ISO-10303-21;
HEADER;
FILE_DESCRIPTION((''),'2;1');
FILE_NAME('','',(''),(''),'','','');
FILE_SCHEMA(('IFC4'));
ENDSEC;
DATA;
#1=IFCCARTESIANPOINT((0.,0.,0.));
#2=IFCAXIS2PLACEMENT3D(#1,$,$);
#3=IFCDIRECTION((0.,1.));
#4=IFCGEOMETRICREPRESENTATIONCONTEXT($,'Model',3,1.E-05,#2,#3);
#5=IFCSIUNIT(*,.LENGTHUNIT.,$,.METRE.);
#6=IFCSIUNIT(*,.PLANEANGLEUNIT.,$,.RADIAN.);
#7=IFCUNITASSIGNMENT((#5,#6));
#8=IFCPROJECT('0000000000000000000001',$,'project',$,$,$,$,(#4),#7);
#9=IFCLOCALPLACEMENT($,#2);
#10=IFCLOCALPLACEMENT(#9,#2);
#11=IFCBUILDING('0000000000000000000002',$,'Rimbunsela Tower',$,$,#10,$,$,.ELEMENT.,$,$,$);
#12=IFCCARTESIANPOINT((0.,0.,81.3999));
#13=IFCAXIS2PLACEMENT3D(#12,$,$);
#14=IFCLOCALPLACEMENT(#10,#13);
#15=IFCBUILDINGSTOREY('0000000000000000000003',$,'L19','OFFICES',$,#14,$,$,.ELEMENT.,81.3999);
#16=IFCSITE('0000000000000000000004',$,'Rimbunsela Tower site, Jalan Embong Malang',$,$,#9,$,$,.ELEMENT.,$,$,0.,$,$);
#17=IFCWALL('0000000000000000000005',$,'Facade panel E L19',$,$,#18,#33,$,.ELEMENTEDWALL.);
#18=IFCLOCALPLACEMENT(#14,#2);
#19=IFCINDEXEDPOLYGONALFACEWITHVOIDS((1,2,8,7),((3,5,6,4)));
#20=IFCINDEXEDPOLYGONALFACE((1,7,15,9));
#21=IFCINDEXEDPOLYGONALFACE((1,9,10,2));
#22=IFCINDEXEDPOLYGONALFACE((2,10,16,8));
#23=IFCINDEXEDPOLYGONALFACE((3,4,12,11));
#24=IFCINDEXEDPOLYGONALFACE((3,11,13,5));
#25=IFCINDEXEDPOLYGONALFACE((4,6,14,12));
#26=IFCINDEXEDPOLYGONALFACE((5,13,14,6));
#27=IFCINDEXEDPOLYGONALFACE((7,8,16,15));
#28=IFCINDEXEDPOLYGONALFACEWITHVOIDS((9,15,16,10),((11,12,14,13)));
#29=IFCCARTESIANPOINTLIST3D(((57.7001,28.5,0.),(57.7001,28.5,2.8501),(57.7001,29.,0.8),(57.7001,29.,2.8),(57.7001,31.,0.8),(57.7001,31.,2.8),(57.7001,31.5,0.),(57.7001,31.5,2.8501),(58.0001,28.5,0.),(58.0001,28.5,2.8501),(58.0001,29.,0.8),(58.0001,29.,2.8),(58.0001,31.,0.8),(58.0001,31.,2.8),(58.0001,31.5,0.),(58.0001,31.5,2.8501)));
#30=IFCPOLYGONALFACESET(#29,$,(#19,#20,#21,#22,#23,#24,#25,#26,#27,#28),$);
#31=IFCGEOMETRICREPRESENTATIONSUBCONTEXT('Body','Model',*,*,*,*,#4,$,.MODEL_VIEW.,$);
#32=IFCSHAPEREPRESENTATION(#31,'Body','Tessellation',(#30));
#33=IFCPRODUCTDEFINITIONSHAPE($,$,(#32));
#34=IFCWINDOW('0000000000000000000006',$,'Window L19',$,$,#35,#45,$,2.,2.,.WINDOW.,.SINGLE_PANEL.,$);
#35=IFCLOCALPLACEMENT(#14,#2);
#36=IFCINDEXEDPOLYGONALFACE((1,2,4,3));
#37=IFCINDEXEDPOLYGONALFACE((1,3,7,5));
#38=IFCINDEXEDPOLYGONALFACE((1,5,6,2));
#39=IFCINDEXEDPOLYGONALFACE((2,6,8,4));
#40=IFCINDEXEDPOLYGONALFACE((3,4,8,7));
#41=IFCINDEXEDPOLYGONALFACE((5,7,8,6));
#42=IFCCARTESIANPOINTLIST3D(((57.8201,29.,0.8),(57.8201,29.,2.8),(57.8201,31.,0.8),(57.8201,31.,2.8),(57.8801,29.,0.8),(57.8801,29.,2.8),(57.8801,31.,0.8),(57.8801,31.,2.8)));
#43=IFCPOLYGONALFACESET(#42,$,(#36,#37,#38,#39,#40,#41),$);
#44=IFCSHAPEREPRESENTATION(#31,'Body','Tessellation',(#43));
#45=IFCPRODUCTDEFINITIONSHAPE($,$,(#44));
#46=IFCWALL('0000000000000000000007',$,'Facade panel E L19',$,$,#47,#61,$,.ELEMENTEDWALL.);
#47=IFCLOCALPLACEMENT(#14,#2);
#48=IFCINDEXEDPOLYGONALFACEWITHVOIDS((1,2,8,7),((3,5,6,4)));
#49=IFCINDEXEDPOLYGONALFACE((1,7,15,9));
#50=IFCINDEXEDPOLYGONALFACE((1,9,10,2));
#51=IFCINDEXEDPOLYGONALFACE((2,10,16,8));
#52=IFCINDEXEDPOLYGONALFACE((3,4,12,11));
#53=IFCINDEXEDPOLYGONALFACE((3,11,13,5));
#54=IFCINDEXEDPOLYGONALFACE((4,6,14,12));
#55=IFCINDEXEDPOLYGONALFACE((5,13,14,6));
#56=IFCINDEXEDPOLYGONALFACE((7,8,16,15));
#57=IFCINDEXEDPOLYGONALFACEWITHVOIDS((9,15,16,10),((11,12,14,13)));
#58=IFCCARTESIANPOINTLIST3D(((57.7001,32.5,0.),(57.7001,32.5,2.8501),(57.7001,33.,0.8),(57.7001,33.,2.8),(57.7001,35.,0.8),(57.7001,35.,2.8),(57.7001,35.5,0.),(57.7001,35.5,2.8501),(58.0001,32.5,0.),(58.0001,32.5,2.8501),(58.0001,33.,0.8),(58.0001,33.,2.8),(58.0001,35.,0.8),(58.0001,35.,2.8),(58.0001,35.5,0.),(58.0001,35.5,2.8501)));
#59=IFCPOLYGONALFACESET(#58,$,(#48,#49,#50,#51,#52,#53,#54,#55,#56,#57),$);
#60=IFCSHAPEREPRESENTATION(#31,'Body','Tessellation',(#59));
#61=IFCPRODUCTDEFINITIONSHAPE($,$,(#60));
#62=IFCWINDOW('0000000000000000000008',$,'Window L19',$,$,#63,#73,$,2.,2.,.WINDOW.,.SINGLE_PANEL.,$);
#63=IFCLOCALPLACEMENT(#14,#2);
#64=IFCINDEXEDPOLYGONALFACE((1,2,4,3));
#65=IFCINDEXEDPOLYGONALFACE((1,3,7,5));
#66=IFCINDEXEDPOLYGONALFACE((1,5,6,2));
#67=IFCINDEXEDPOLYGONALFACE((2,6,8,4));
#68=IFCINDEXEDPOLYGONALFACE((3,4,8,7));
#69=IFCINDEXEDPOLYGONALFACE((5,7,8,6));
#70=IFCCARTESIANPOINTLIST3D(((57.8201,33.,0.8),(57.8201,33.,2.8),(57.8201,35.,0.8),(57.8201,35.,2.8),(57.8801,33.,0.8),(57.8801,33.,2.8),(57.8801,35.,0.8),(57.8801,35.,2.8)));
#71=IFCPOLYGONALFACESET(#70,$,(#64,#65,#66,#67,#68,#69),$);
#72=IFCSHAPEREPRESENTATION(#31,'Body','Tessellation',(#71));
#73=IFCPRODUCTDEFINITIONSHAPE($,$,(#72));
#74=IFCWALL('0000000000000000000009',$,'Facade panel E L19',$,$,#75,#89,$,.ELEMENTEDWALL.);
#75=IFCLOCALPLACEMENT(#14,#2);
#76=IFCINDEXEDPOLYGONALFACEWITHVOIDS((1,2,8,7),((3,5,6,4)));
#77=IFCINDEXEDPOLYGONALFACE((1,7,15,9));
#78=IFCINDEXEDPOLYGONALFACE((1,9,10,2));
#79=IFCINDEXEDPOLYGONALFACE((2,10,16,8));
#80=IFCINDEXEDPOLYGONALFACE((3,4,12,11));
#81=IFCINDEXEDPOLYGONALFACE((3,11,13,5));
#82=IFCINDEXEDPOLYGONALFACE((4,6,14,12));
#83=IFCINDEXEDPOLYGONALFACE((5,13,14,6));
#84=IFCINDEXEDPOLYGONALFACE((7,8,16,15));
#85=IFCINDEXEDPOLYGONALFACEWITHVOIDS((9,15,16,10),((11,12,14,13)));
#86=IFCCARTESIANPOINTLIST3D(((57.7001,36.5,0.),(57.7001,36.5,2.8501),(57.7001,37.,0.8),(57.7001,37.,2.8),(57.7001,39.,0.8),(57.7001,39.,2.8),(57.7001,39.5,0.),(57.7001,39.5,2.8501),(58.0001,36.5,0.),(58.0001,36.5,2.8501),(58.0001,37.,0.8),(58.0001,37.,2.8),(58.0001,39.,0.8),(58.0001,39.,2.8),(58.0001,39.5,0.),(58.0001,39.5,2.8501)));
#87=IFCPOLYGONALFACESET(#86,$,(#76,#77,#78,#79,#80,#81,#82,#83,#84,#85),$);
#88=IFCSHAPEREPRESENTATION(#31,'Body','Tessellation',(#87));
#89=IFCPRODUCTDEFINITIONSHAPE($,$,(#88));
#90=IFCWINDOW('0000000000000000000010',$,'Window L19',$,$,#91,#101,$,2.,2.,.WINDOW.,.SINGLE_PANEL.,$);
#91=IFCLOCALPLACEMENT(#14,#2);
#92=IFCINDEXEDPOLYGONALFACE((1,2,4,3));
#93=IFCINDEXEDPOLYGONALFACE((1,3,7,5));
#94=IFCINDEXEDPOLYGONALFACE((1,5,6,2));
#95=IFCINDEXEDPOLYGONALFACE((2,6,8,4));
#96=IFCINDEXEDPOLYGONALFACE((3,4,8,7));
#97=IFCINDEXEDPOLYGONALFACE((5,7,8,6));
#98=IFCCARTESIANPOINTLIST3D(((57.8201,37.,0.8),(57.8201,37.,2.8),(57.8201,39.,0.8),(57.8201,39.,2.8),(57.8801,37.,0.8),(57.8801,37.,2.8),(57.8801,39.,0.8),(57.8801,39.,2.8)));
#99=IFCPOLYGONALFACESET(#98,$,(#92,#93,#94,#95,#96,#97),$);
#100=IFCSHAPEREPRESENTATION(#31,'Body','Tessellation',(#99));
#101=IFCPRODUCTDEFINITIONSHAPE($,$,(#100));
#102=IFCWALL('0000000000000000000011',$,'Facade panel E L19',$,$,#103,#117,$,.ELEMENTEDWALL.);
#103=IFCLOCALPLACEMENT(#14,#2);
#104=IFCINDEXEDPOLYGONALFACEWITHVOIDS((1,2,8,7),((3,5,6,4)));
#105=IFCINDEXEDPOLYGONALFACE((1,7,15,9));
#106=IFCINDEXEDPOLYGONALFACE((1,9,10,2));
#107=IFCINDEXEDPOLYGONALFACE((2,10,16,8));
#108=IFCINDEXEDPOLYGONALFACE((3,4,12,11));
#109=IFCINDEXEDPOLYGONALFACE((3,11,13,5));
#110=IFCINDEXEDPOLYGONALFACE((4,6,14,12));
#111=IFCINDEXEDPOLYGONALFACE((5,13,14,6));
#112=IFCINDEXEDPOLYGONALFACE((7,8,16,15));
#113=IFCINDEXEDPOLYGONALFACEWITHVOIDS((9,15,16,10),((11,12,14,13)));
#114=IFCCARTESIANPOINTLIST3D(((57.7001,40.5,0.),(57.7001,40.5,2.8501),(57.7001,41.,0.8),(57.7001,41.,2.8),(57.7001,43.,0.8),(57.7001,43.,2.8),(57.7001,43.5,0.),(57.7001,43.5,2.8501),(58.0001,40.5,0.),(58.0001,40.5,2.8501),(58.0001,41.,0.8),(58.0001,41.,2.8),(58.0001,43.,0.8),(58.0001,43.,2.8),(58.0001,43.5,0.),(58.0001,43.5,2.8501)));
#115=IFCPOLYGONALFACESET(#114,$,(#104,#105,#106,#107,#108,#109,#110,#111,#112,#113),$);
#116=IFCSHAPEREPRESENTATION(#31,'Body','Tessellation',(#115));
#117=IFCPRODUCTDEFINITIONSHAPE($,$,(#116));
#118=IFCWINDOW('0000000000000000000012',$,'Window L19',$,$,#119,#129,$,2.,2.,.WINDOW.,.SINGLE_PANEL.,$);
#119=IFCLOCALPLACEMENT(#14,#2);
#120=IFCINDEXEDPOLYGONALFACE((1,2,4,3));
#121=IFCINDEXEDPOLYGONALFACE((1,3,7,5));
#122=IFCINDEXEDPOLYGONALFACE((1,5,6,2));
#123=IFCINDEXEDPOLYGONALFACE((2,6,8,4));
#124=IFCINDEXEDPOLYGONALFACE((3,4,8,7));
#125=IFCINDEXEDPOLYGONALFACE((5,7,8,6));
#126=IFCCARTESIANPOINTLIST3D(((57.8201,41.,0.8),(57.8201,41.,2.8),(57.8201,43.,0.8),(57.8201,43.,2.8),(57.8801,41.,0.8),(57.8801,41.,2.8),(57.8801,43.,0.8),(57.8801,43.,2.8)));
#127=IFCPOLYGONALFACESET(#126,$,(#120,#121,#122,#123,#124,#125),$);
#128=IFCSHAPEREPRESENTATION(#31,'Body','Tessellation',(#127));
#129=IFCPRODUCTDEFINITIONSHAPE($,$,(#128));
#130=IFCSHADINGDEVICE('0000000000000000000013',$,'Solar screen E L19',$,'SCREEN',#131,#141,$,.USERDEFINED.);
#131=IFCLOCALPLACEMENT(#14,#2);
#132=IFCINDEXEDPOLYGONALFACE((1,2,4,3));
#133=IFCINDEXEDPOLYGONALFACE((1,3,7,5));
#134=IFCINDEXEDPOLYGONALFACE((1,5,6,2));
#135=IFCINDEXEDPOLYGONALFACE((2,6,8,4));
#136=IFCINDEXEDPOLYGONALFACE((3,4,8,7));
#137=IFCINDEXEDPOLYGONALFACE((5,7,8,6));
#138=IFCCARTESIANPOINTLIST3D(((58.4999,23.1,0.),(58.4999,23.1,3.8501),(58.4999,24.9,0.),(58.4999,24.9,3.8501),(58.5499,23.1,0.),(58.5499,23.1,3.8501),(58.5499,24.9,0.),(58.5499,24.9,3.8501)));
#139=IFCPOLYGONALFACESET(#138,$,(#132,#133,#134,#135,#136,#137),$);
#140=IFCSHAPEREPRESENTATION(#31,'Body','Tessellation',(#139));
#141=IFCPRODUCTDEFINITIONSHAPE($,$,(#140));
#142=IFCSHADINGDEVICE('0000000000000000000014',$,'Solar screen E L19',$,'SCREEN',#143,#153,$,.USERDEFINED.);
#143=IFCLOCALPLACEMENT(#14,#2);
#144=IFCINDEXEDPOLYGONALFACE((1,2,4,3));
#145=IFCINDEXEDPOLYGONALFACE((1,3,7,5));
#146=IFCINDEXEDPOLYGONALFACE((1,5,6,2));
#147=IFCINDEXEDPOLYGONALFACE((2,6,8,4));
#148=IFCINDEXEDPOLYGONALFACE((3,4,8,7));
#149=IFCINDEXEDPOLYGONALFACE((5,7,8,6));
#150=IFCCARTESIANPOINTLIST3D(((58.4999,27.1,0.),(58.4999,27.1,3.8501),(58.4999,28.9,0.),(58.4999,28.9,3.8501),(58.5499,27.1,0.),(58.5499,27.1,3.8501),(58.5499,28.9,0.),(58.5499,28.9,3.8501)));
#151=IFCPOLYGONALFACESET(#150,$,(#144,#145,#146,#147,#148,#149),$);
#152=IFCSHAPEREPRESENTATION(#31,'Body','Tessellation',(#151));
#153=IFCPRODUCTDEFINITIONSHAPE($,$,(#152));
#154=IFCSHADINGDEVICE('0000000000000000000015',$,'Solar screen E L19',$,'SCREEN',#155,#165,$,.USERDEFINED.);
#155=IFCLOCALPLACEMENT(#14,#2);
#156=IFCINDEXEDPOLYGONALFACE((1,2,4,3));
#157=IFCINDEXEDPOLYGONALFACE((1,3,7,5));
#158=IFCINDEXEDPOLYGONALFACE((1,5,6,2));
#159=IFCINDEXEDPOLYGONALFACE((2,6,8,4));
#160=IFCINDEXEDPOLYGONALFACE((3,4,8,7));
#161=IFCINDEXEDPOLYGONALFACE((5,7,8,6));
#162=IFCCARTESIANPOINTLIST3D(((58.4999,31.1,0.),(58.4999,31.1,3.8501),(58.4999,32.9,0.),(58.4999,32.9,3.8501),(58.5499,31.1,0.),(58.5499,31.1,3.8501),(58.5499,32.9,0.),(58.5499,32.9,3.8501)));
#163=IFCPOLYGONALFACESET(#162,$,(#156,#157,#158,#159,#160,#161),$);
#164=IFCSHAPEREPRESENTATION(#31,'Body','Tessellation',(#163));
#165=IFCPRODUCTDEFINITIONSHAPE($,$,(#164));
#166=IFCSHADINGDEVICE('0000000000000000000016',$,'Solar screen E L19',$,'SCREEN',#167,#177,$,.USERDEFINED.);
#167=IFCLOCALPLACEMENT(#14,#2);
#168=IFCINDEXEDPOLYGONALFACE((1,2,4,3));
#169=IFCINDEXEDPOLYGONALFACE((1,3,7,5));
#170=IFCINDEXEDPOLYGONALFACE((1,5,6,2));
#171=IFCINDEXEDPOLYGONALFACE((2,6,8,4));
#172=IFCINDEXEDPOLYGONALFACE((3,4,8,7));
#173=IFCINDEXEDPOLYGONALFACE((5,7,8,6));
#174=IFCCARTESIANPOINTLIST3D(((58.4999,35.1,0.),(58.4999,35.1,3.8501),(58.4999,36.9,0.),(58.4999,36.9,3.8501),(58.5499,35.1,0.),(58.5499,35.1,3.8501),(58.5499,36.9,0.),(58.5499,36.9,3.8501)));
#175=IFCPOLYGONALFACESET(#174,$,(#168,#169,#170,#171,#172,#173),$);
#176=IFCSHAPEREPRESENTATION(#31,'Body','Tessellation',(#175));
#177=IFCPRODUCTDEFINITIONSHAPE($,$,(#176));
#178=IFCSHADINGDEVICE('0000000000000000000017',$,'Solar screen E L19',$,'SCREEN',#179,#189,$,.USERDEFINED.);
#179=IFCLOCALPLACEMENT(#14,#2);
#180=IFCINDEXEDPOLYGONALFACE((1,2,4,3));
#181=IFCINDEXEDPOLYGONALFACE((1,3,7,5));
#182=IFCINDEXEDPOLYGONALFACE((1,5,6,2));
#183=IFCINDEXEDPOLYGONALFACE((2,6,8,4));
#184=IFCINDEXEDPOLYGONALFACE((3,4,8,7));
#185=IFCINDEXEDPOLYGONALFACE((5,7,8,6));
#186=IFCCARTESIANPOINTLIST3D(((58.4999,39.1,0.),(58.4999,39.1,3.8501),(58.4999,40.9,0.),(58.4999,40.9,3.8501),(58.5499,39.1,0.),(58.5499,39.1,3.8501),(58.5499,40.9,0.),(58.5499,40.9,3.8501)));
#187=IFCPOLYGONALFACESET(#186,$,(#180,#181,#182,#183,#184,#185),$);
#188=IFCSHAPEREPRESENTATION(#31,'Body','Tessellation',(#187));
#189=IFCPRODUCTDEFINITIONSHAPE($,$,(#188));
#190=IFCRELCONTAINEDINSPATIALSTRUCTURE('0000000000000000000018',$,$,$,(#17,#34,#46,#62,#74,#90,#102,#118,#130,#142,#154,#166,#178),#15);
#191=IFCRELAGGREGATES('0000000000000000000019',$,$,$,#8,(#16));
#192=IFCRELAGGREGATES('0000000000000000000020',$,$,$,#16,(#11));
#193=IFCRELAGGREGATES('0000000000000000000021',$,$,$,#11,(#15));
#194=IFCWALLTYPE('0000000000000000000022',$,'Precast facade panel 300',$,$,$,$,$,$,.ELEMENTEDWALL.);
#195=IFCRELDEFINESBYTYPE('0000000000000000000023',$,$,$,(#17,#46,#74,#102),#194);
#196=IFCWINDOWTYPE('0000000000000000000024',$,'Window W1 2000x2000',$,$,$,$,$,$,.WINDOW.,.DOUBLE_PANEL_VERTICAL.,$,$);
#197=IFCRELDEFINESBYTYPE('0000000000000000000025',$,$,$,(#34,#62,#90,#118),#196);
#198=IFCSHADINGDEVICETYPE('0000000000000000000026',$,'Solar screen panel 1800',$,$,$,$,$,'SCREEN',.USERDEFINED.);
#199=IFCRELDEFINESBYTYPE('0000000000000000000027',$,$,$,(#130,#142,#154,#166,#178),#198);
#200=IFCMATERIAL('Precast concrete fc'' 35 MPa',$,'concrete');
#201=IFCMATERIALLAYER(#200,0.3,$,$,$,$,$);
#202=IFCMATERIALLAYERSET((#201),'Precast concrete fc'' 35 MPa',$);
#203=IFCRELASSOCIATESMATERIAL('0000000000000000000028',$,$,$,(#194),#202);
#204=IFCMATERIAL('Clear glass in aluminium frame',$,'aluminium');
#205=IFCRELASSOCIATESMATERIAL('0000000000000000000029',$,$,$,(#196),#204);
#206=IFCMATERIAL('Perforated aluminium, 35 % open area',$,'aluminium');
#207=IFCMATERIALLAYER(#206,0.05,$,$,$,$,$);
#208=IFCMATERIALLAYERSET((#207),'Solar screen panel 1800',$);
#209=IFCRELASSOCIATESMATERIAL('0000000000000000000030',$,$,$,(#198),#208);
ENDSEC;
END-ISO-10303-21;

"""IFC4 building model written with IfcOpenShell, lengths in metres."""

from ifc_helpers import new_model, si_unit, direction, frame, frame_2d, origin, origin_2d, place, context, subcontext, project, spatial, rectangle, extrude, material, layer, layer_set, type_object, element, fill, save


model = new_model("IFC4")

# Units and contexts
model_context = context("Model", 3, precision=1e-05, world=origin(), true_north=direction((0.0, 1.0)))
body_context = subcontext(model_context, "Body", "Model", "MODEL_VIEW")
ifc_project = project(units=[si_unit("LENGTHUNIT", "METRE"), si_unit("PLANEANGLEUNIT", "RADIAN")], contexts=[model_context])

# Site, building, storey
site_placement = place(None, origin())
site = spatial("IfcSite", under=ifc_project, at=site_placement, Name="Rimbunsela Tower site, Jalan Embong Malang", CompositionType="ELEMENT", RefElevation=0.0)
building_placement = place(site_placement, origin())
building = spatial("IfcBuilding", under=site, at=building_placement, Name="Rimbunsela Tower", CompositionType="ELEMENT")
storey_placement = place(building_placement, frame((0.0, 0.0, 81.3999)))
storey = spatial("IfcBuildingStorey", under=building, at=storey_placement, Name="L19", Description="OFFICES", CompositionType="ELEMENT", Elevation=81.3999)

# Walls, openings, windows
ifc_material_1 = material(Name="Precast concrete fc' 35 MPa", Category="concrete")
ifc_layer_1 = layer(ifc_material_1, 0.3)
ifc_layer_set_1 = layer_set([ifc_layer_1], Name="Precast concrete fc' 35 MPa")
wall_type_1 = type_object("IfcWallType", Name="Precast facade panel 300", PredefinedType="ELEMENTEDWALL", material=ifc_layer_set_1)
ifc_material_2 = material(Name="Clear glass in aluminium frame", Category="aluminium")
window_type = type_object("IfcWindowType", Name="Window W1 2000x2000", PartitioningType="DOUBLE_PANEL_VERTICAL", PredefinedType="WINDOW", material=ifc_material_2)
wall_1_placement = place(storey_placement, frame((57.8501, 28.5, 0.0), z_axis=(0.0, 0.0, 1.0), x_axis=(0.0, 1.0, 0.0)))
wall_1 = element("IfcWall", 1, at=wall_1_placement, inside=storey, type_object=wall_type_1, Name="Facade panel E L19", PredefinedType="ELEMENTEDWALL", context=body_context, shape_type="SweptSolid", body=[
    extrude(rectangle(XDim=3.0, YDim=0.3, at=frame_2d((1.5, 0.0))), origin(), (0.0, 0.0, 1.0), 2.8501),
])
opening_1_placement = place(wall_1_placement, frame((0.5, 0.0, 0.8)))
opening_1 = element("IfcOpeningElement", 2, at=opening_1_placement, cuts=wall_1, PredefinedType="OPENING", context=body_context, shape_type="SweptSolid", body=[
    extrude(rectangle(XDim=2.0, YDim=2.0, at=frame_2d((1.0, 1.0))), frame((0.0, 0.1599, 0.0), z_axis=(0.0, -1.0, 0.0), x_axis=(1.0, 0.0, 0.0)), (0.0, 0.0, 1.0), 0.3201),
])
window_1_placement = place(opening_1_placement, origin())
window_1 = element("IfcWindow", 3, at=window_1_placement, inside=storey, type_object=window_type, Name="Window L19", OverallHeight=2.0, OverallWidth=2.0, PartitioningType="SINGLE_PANEL", PredefinedType="WINDOW", context=body_context, shape_type="SweptSolid", body=[
    extrude(rectangle(XDim=2.0, YDim=2.0, at=frame_2d((1.0, 1.0))), frame((0.0, 0.03, 0.0), z_axis=(0.0, -1.0, 0.0), x_axis=(1.0, 0.0, 0.0)), (0.0, 0.0, 1.0), 0.0601),
])
fill(opening_1, window_1)
wall_2_placement = place(storey_placement, frame((57.8501, 32.5, 0.0), z_axis=(0.0, 0.0, 1.0), x_axis=(0.0, 1.0, 0.0)))
wall_2 = element("IfcWall", 4, at=wall_2_placement, inside=storey, type_object=wall_type_1, Name="Facade panel E L19", PredefinedType="ELEMENTEDWALL", context=body_context, shape_type="SweptSolid", body=[
    extrude(rectangle(XDim=3.0, YDim=0.3, at=frame_2d((1.5, 0.0))), origin(), (0.0, 0.0, 1.0), 2.8501),
])
opening_2_placement = place(wall_2_placement, frame((0.5, 0.0, 0.8)))
opening_2 = element("IfcOpeningElement", 5, at=opening_2_placement, cuts=wall_2, PredefinedType="OPENING", context=body_context, shape_type="SweptSolid", body=[
    extrude(rectangle(XDim=2.0, YDim=2.0, at=frame_2d((1.0, 1.0))), frame((0.0, 0.1599, 0.0), z_axis=(0.0, -1.0, 0.0), x_axis=(1.0, 0.0, 0.0)), (0.0, 0.0, 1.0), 0.3201),
])
window_2_placement = place(opening_2_placement, origin())
window_2 = element("IfcWindow", 6, at=window_2_placement, inside=storey, type_object=window_type, Name="Window L19", OverallHeight=2.0, OverallWidth=2.0, PartitioningType="SINGLE_PANEL", PredefinedType="WINDOW", context=body_context, shape_type="SweptSolid", body=[
    extrude(rectangle(XDim=2.0, YDim=2.0, at=frame_2d((1.0, 1.0))), frame((0.0, 0.03, 0.0), z_axis=(0.0, -1.0, 0.0), x_axis=(1.0, 0.0, 0.0)), (0.0, 0.0, 1.0), 0.0601),
])
fill(opening_2, window_2)
wall_3_placement = place(storey_placement, frame((57.8501, 36.5, 0.0), z_axis=(0.0, 0.0, 1.0), x_axis=(0.0, 1.0, 0.0)))
wall_3 = element("IfcWall", 7, at=wall_3_placement, inside=storey, type_object=wall_type_1, Name="Facade panel E L19", PredefinedType="ELEMENTEDWALL", context=body_context, shape_type="SweptSolid", body=[
    extrude(rectangle(XDim=3.0, YDim=0.3, at=frame_2d((1.5, 0.0))), origin(), (0.0, 0.0, 1.0), 2.8501),
])
opening_3_placement = place(wall_3_placement, frame((0.5, 0.0, 0.8)))
opening_3 = element("IfcOpeningElement", 8, at=opening_3_placement, cuts=wall_3, PredefinedType="OPENING", context=body_context, shape_type="SweptSolid", body=[
    extrude(rectangle(XDim=2.0, YDim=2.0, at=frame_2d((1.0, 1.0))), frame((0.0, 0.1599, 0.0), z_axis=(0.0, -1.0, 0.0), x_axis=(1.0, 0.0, 0.0)), (0.0, 0.0, 1.0), 0.3201),
])
window_3_placement = place(opening_3_placement, origin())
window_3 = element("IfcWindow", 9, at=window_3_placement, inside=storey, type_object=window_type, Name="Window L19", OverallHeight=2.0, OverallWidth=2.0, PartitioningType="SINGLE_PANEL", PredefinedType="WINDOW", context=body_context, shape_type="SweptSolid", body=[
    extrude(rectangle(XDim=2.0, YDim=2.0, at=frame_2d((1.0, 1.0))), frame((0.0, 0.03, 0.0), z_axis=(0.0, -1.0, 0.0), x_axis=(1.0, 0.0, 0.0)), (0.0, 0.0, 1.0), 0.0601),
])
fill(opening_3, window_3)
wall_4_placement = place(storey_placement, frame((57.8501, 40.5, 0.0), z_axis=(0.0, 0.0, 1.0), x_axis=(0.0, 1.0, 0.0)))
wall_4 = element("IfcWall", 10, at=wall_4_placement, inside=storey, type_object=wall_type_1, Name="Facade panel E L19", PredefinedType="ELEMENTEDWALL", context=body_context, shape_type="SweptSolid", body=[
    extrude(rectangle(XDim=3.0, YDim=0.3, at=frame_2d((1.5, 0.0))), origin(), (0.0, 0.0, 1.0), 2.8501),
])
opening_4_placement = place(wall_4_placement, frame((0.5, 0.0, 0.8)))
opening_4 = element("IfcOpeningElement", 11, at=opening_4_placement, cuts=wall_4, PredefinedType="OPENING", context=body_context, shape_type="SweptSolid", body=[
    extrude(rectangle(XDim=2.0, YDim=2.0, at=frame_2d((1.0, 1.0))), frame((0.0, 0.1599, 0.0), z_axis=(0.0, -1.0, 0.0), x_axis=(1.0, 0.0, 0.0)), (0.0, 0.0, 1.0), 0.3201),
])
window_4_placement = place(opening_4_placement, origin())
window_4 = element("IfcWindow", 12, at=window_4_placement, inside=storey, type_object=window_type, Name="Window L19", OverallHeight=2.0, OverallWidth=2.0, PartitioningType="SINGLE_PANEL", PredefinedType="WINDOW", context=body_context, shape_type="SweptSolid", body=[
    extrude(rectangle(XDim=2.0, YDim=2.0, at=frame_2d((1.0, 1.0))), frame((0.0, 0.03, 0.0), z_axis=(0.0, -1.0, 0.0), x_axis=(1.0, 0.0, 0.0)), (0.0, 0.0, 1.0), 0.0601),
])
fill(opening_4, window_4)

# Shading devices
ifc_material_3 = material(Name="Perforated aluminium, 35 % open area", Category="aluminium")
ifc_layer_2 = layer(ifc_material_3, 0.05)
ifc_layer_set_2 = layer_set([ifc_layer_2], Name="Solar screen panel 1800")
shading_device_type = type_object("IfcShadingDeviceType", Name="Solar screen panel 1800", ElementType="SCREEN", PredefinedType="USERDEFINED", material=ifc_layer_set_2)
for number, where, z_axis, x_axis, name in (
    (13, (58.5249, 24.0, 0.0), (0.0, 0.0, 1.0), (0.0, 1.0, 0.0), "Solar screen E L19"),
    (14, (58.5249, 28.0, 0.0), (0.0, 0.0, 1.0), (0.0, 1.0, 0.0), "Solar screen E L19"),
    (15, (58.5249, 32.0, 0.0), (0.0, 0.0, 1.0), (0.0, 1.0, 0.0), "Solar screen E L19"),
    (16, (58.5249, 36.0, 0.0), (0.0, 0.0, 1.0), (0.0, 1.0, 0.0), "Solar screen E L19"),
    (17, (58.5249, 40.0, 0.0), (0.0, 0.0, 1.0), (0.0, 1.0, 0.0), "Solar screen E L19"),
):
    element("IfcShadingDevice", number, at=place(storey_placement, frame(where, z_axis=z_axis, x_axis=x_axis)), inside=storey, type_object=shading_device_type, Name=name, ObjectType="SCREEN", PredefinedType="USERDEFINED", context=body_context, shape_type="SweptSolid", body=[
        extrude(rectangle(XDim=1.8, YDim=0.05, at=origin_2d()), origin(), (0.0, 0.0, 1.0), 3.8501),
    ])

save(model, "model.ifc")
